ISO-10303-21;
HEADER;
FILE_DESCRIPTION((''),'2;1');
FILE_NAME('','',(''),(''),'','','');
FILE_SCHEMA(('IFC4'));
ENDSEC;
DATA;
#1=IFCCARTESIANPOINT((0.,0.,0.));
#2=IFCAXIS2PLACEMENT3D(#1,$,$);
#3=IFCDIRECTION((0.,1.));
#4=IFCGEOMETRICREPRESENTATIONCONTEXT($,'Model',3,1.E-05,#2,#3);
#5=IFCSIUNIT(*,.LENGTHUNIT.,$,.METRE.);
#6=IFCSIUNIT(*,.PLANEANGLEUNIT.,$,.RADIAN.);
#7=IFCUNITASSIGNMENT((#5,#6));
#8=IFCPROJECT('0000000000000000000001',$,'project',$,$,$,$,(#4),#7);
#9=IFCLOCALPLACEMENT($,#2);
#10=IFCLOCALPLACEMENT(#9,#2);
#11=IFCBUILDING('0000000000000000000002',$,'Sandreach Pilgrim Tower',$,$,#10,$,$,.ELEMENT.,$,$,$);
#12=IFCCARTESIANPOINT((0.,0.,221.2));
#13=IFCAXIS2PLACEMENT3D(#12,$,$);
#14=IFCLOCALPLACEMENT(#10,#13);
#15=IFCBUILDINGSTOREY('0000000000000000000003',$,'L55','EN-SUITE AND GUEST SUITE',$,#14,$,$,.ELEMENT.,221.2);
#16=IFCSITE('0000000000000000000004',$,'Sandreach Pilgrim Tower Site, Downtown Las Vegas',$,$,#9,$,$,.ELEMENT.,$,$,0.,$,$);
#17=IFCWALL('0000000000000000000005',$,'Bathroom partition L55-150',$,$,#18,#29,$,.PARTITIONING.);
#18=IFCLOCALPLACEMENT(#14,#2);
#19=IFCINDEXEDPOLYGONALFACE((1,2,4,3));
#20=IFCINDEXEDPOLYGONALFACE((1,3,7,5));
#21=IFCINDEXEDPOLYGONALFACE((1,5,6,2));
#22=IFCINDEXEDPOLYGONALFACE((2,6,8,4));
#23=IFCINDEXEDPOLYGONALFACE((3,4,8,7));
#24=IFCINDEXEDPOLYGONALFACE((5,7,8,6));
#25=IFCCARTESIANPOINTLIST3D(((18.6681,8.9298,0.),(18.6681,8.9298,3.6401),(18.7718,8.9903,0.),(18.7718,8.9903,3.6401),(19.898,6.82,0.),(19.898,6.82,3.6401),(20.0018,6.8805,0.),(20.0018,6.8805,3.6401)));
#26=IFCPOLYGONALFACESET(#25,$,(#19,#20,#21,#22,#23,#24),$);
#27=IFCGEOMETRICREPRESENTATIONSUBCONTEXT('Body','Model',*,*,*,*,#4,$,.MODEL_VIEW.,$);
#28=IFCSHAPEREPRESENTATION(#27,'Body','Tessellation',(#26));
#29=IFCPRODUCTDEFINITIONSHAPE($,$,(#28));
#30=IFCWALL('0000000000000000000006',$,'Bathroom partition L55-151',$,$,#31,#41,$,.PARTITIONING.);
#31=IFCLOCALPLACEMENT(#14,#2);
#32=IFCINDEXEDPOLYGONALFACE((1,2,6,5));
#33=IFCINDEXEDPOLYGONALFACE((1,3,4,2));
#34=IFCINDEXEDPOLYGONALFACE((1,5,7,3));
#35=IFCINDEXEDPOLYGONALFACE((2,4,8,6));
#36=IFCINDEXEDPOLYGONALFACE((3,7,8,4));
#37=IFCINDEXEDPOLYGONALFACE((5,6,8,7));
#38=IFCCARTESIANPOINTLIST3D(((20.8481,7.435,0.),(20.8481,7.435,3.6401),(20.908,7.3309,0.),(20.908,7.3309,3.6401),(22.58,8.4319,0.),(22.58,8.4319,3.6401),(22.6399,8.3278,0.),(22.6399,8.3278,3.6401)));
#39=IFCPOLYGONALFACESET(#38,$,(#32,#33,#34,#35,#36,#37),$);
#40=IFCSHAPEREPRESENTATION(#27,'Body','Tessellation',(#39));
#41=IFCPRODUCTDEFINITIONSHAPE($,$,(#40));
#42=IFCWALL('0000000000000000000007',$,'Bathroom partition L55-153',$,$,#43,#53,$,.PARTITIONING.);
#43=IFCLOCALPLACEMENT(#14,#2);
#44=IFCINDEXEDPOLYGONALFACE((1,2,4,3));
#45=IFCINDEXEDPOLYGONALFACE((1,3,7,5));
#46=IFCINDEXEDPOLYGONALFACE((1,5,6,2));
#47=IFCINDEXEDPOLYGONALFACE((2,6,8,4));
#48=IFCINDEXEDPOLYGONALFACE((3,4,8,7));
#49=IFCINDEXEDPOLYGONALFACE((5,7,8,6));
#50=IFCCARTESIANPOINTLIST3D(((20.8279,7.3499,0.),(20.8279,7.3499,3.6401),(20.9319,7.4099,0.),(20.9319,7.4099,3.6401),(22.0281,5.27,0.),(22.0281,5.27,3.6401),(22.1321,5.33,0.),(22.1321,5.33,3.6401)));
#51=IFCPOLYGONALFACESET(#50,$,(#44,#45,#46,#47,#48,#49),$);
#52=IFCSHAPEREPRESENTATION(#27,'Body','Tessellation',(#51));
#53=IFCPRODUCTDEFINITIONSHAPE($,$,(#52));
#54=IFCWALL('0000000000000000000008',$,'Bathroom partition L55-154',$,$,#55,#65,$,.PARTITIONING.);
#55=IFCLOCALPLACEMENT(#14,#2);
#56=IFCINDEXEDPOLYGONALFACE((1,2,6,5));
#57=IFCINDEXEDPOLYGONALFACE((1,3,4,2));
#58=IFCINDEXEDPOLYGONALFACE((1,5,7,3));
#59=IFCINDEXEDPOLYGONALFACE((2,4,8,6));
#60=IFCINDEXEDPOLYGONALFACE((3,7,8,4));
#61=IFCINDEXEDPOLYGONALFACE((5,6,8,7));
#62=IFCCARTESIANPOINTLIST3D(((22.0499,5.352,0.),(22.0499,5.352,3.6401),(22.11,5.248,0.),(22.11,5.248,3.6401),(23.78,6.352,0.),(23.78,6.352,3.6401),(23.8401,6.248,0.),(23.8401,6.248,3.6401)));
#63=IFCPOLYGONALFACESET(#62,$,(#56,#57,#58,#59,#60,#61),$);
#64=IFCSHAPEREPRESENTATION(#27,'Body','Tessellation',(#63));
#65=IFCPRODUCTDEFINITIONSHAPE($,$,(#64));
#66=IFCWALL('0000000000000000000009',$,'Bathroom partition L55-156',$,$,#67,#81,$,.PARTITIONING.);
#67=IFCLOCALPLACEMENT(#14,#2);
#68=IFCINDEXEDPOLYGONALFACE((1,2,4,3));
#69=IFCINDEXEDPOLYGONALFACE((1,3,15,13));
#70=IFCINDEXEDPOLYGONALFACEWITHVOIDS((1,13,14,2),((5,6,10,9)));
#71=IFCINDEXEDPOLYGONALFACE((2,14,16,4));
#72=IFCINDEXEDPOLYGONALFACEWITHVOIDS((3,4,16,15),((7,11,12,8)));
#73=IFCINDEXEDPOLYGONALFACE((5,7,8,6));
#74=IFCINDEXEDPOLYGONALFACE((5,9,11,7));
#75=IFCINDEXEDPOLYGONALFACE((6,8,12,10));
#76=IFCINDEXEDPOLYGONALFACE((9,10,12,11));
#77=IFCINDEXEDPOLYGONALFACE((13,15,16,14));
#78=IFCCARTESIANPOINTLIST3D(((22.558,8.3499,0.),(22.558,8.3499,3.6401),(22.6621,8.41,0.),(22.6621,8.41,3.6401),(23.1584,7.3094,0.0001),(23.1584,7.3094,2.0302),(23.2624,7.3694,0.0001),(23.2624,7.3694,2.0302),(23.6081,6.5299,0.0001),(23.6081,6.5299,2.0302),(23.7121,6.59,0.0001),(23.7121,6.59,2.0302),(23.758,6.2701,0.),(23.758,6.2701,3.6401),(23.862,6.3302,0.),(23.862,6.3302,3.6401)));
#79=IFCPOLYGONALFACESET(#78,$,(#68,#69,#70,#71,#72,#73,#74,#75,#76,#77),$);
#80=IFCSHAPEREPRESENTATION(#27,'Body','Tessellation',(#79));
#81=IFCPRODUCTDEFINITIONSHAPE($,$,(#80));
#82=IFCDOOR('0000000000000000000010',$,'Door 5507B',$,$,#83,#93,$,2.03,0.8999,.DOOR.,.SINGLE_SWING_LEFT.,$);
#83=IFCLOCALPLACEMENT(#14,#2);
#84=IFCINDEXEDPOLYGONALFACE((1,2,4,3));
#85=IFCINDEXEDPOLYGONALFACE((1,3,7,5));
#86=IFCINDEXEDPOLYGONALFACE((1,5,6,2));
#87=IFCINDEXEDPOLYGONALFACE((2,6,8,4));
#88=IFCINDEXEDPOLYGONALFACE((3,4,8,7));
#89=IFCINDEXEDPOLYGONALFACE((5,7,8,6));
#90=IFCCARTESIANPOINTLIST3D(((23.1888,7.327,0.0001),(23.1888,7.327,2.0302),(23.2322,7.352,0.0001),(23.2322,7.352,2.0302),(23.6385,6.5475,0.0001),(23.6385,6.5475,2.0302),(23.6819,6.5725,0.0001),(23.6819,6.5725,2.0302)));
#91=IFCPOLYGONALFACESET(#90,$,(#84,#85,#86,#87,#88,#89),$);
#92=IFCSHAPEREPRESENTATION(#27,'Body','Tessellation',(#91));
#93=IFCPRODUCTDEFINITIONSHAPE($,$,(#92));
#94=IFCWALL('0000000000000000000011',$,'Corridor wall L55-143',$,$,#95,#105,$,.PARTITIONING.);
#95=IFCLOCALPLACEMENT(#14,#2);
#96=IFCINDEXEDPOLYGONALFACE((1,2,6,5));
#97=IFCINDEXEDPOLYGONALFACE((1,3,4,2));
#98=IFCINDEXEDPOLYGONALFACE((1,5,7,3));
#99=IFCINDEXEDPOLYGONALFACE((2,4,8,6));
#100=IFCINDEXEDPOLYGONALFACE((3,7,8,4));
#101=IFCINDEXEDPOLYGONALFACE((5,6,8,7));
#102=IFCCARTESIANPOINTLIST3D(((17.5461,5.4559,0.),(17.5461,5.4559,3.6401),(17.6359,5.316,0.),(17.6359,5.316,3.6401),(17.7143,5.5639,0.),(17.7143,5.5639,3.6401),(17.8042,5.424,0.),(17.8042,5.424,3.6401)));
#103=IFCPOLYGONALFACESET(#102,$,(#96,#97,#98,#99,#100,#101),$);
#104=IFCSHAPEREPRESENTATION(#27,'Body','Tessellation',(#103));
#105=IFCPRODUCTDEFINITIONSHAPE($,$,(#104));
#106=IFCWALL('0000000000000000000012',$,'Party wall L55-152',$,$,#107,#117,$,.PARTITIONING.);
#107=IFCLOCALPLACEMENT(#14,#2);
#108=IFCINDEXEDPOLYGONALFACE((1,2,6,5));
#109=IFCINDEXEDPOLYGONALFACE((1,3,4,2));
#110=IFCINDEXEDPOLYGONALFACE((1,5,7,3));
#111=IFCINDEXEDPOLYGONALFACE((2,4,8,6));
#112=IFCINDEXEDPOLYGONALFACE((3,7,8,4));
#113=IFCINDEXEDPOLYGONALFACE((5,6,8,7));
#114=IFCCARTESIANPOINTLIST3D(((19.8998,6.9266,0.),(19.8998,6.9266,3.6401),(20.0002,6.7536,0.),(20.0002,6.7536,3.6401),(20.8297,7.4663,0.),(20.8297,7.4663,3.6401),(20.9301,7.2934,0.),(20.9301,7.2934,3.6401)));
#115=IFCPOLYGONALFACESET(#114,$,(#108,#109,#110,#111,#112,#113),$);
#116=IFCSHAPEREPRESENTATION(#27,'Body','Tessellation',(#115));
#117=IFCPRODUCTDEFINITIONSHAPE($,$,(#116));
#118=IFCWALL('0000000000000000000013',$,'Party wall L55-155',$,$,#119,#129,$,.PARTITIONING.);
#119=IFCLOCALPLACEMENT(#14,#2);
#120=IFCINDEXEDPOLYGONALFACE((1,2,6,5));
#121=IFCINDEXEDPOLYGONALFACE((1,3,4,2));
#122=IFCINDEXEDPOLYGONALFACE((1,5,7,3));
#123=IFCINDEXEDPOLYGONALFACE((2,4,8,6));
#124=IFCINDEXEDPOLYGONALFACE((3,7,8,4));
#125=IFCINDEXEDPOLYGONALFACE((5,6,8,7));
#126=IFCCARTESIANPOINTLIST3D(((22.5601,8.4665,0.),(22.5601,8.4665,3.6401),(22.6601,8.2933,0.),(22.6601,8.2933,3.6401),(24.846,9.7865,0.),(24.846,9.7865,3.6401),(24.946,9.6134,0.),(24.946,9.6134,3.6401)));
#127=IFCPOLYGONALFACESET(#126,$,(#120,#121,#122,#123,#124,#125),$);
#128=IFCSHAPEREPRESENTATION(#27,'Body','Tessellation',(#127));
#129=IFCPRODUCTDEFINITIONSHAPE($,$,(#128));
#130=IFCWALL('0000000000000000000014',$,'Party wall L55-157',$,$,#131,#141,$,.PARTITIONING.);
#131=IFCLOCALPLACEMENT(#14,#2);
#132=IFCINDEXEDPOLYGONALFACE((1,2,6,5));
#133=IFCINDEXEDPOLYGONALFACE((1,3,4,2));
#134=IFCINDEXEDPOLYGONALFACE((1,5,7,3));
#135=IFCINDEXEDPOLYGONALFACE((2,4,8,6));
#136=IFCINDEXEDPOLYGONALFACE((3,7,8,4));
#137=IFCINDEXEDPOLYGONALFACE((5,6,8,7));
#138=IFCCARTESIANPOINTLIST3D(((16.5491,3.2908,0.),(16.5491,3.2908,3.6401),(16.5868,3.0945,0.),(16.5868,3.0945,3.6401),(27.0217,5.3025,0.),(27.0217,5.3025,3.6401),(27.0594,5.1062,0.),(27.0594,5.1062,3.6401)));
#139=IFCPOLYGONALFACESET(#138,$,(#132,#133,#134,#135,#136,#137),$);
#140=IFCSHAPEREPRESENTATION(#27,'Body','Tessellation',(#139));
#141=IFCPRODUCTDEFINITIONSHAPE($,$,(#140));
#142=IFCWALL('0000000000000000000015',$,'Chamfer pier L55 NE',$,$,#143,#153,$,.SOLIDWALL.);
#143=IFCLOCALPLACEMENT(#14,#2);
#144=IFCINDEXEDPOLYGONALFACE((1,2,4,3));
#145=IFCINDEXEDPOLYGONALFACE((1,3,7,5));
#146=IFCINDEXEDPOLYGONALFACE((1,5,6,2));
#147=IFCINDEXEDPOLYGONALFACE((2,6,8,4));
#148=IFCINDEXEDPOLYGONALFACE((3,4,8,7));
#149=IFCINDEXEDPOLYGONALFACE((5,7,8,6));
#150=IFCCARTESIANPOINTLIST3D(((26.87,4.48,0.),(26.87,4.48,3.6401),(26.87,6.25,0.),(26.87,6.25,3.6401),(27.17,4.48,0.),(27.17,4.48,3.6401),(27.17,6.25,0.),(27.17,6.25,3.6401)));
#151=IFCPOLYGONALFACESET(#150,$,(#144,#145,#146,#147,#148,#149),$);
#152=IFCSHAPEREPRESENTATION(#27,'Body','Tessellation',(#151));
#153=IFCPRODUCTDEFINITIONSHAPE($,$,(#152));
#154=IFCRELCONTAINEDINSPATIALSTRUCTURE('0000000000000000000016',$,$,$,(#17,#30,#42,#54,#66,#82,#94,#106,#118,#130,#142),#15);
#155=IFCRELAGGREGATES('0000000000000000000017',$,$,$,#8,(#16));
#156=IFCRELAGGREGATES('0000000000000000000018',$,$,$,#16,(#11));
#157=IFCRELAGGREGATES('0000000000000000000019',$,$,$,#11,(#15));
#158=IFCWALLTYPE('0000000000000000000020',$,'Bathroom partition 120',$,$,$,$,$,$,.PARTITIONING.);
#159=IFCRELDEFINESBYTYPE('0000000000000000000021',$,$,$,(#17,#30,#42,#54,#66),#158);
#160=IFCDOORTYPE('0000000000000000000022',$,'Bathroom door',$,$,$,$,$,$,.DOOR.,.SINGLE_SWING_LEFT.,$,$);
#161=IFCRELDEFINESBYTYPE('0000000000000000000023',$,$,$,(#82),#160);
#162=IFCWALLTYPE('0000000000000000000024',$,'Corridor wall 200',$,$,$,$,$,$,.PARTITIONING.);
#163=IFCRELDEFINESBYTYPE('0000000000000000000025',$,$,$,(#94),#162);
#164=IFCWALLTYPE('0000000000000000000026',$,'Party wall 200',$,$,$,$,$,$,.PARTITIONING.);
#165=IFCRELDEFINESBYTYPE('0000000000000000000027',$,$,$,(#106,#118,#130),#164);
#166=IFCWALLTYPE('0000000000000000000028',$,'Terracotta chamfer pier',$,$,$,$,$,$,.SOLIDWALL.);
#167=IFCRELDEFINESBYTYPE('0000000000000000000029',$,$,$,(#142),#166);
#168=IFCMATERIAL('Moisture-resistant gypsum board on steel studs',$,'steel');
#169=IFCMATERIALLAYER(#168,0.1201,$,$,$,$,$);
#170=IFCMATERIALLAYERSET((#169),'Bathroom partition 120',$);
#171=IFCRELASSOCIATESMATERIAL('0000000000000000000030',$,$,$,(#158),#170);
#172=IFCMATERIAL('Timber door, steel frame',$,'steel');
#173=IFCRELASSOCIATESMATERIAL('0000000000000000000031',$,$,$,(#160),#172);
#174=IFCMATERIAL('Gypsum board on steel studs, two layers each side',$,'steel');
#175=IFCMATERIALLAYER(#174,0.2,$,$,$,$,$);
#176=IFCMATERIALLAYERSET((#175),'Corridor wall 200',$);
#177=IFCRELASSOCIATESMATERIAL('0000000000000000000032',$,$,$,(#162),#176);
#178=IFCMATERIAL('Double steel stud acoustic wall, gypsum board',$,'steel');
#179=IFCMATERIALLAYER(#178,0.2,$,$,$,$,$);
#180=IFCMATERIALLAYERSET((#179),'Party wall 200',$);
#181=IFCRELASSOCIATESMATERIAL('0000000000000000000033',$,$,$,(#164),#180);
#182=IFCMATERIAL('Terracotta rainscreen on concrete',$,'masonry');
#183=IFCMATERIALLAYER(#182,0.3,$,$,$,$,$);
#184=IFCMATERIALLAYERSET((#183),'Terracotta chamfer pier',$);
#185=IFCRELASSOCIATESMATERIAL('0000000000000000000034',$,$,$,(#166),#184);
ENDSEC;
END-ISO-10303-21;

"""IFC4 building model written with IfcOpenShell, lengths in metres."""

from ifc_helpers import new_model, si_unit, direction, frame, frame_2d, origin, place, context, subcontext, project, spatial, rectangle, extrude, material, layer, layer_set, type_object, element, fill, save


model = new_model("IFC4")

# Units and contexts
model_context = context("Model", 3, precision=1e-05, world=origin(), true_north=direction((0.0, 1.0)))
body_context = subcontext(model_context, "Body", "Model", "MODEL_VIEW")
ifc_project = project(units=[si_unit("LENGTHUNIT", "METRE"), si_unit("PLANEANGLEUNIT", "RADIAN")], contexts=[model_context])

# Site, building, storey
site_placement = place(None, origin())
site = spatial("IfcSite", under=ifc_project, at=site_placement, Name="Sandreach Pilgrim Tower Site, Downtown Las Vegas", CompositionType="ELEMENT", RefElevation=0.0)
building_placement = place(site_placement, origin())
building = spatial("IfcBuilding", under=site, at=building_placement, Name="Sandreach Pilgrim Tower", CompositionType="ELEMENT")
storey_placement = place(building_placement, frame((0.0, 0.0, 221.2)))
storey = spatial("IfcBuildingStorey", under=building, at=storey_placement, Name="L55", Description="EN-SUITE AND GUEST SUITE", CompositionType="ELEMENT", Elevation=221.2)

# Shared definitions
ifc_material_1 = material(Name="Moisture-resistant gypsum board on steel studs", Category="steel")
ifc_layer_1 = layer(ifc_material_1, 0.1201)
ifc_layer_set_1 = layer_set([ifc_layer_1], Name="Bathroom partition 120")
wall_type_1 = type_object("IfcWallType", Name="Bathroom partition 120", PredefinedType="PARTITIONING", material=ifc_layer_set_1)

# Shared definitions
ifc_material_2 = material(Name="Timber door, steel frame", Category="steel")
door_type = type_object("IfcDoorType", Name="Bathroom door", OperationType="SINGLE_SWING_LEFT", PredefinedType="DOOR", material=ifc_material_2)

# Walls
wall_1_placement = place(storey_placement, frame((19.95, 6.8501, 0.0), z_axis=(0.0, 0.0, 1.0), x_axis=(-0.503635, 0.863917, 0.0)))
element("IfcWall", 1, at=wall_1_placement, inside=storey, type_object=wall_type_1, Name="Bathroom partition L55-150", PredefinedType="PARTITIONING", context=body_context, shape_type="SweptSolid", body=[
    extrude(rectangle(XDim=2.4421, YDim=0.1201, at=frame_2d((1.2212, 0.0))), origin(), (0.0, 0.0, 1.0), 3.6401),
])
wall_2_placement = place(storey_placement, frame((20.8782, 7.3831, 0.0), z_axis=(0.0, 0.0, 1.0), x_axis=(0.866698, 0.498834, 0.0)))
element("IfcWall", 2, at=wall_2_placement, inside=storey, type_object=wall_type_1, Name="Bathroom partition L55-151", PredefinedType="PARTITIONING", context=body_context, shape_type="SweptSolid", body=[
    extrude(rectangle(XDim=1.9983, YDim=0.1201, at=frame_2d((0.999, 0.0))), origin(), (0.0, 0.0, 1.0), 3.6401),
])
wall_3_placement = place(storey_placement, frame((20.8799, 7.3799, 0.0), z_axis=(0.0, 0.0, 1.0), x_axis=(0.499813, -0.866133, 0.0)))
element("IfcWall", 3, at=wall_3_placement, inside=storey, type_object=wall_type_1, Name="Bathroom partition L55-153", PredefinedType="PARTITIONING", context=body_context, shape_type="SweptSolid", body=[
    extrude(rectangle(XDim=2.4014, YDim=0.1201, at=frame_2d((1.2007, 0.0))), origin(), (0.0, 0.0, 1.0), 3.6401),
])
wall_4_placement = place(storey_placement, frame((22.0801, 5.3, 0.0), z_axis=(0.0, 0.0, 1.0), x_axis=(0.865766, 0.500449, 0.0)))
element("IfcWall", 4, at=wall_4_placement, inside=storey, type_object=wall_type_1, Name="Bathroom partition L55-154", PredefinedType="PARTITIONING", context=body_context, shape_type="SweptSolid", body=[
    extrude(rectangle(XDim=1.9983, YDim=0.1201, at=frame_2d((0.999, 0.0))), origin(), (0.0, 0.0, 1.0), 3.6401),
])

# Wall, opening, door
wall_5_placement = place(storey_placement, frame((23.8101, 6.3, 0.0), z_axis=(0.0, 0.0, 1.0), x_axis=(-0.499737, 0.866177, 0.0)))
wall_5 = element("IfcWall", 5, at=wall_5_placement, inside=storey, type_object=wall_type_1, Name="Bathroom partition L55-156", PredefinedType="PARTITIONING", context=body_context, shape_type="SweptSolid", body=[
    extrude(rectangle(XDim=2.4011, YDim=0.1201, at=frame_2d((1.2007, 0.0))), origin(), (0.0, 0.0, 1.0), 3.6401),
])
opening_1_placement = place(wall_5_placement, frame((0.3, 0.0, 0.0)))
opening_1 = element("IfcOpeningElement", 6, at=opening_1_placement, cuts=wall_5, PredefinedType="OPENING", context=body_context, shape_type="SweptSolid", body=[
    extrude(rectangle(XDim=0.8999, YDim=2.03, at=frame_2d((0.45, 1.0151))), frame((0.0, 0.0601, 0.0), z_axis=(0.0, -1.0, 0.0), x_axis=(1.0, 0.0, 0.0)), (0.0, 0.0, 1.0), 0.1201),
])
door_1_placement = place(opening_1_placement, origin())
door_1 = element("IfcDoor", 7, at=door_1_placement, inside=storey, type_object=door_type, Name="Door 5507B", OperationType="SINGLE_SWING_LEFT", OverallHeight=2.03, OverallWidth=0.8999, PredefinedType="DOOR", context=body_context, shape_type="SweptSolid", body=[
    extrude(rectangle(XDim=0.8999, YDim=2.03, at=frame_2d((0.45, 1.0151))), frame((0.0, 0.0249, 0.0), z_axis=(0.0, -1.0, 0.0), x_axis=(1.0, 0.0, 0.0)), (0.0, 0.0, 1.0), 0.05),
])
fill(opening_1, door_1)

# Walls
ifc_material_3 = material(Name="Gypsum board on steel studs, two layers each side", Category="steel")
ifc_layer_2 = layer(ifc_material_3, 0.2)
ifc_layer_set_2 = layer_set([ifc_layer_2], Name="Corridor wall 200")
wall_type_2 = type_object("IfcWallType", Name="Corridor wall 200", PredefinedType="PARTITIONING", material=ifc_layer_set_2)
wall_6_placement = place(storey_placement, frame((17.72, 5.3701, 0.0), z_axis=(0.0, 0.0, 1.0), x_axis=(-0.540386, 0.841417, 0.0)))
element("IfcWall", 8, at=wall_6_placement, inside=storey, type_object=wall_type_2, Name="Corridor wall L55-143", PredefinedType="PARTITIONING", context=body_context, shape_type="SweptSolid", body=[
    extrude(rectangle(XDim=0.1663, YDim=0.2, at=frame_2d((0.083, 0.0))), origin(), (0.0, 0.0, 1.0), 3.6401),
])
ifc_material_4 = material(Name="Double steel stud acoustic wall, gypsum board", Category="steel")
ifc_layer_3 = layer(ifc_material_4, 0.2)
ifc_layer_set_3 = layer_set([ifc_layer_3], Name="Party wall 200")
wall_type_3 = type_object("IfcWallType", Name="Party wall 200", PredefinedType="PARTITIONING", material=ifc_layer_set_3)
wall_7_placement = place(storey_placement, frame((20.8799, 7.3799, 0.0), z_axis=(0.0, 0.0, 1.0), x_axis=(-0.864856, -0.50202, 0.0)))
element("IfcWall", 9, at=wall_7_placement, inside=storey, type_object=wall_type_3, Name="Party wall L55-152", PredefinedType="PARTITIONING", context=body_context, shape_type="SweptSolid", body=[
    extrude(rectangle(XDim=1.0752, YDim=0.2, at=frame_2d((0.5376, 0.0))), origin(), (0.0, 0.0, 1.0), 3.6401),
])
wall_8_placement = place(storey_placement, frame((22.6101, 8.3799, 0.0), z_axis=(0.0, 0.0, 1.0), x_axis=(0.865975, 0.500088, 0.0)))
element("IfcWall", 10, at=wall_8_placement, inside=storey, type_object=wall_type_3, Name="Party wall L55-155", PredefinedType="PARTITIONING", context=body_context, shape_type="SweptSolid", body=[
    extrude(rectangle(XDim=2.6396, YDim=0.2, at=frame_2d((1.3198, 0.0))), origin(), (0.0, 0.0, 1.0), 3.6401),
])
wall_9_placement = place(storey_placement, frame((27.0405, 5.2043, 0.0), z_axis=(0.0, 0.0, 1.0), x_axis=(-0.982046, -0.188644, 0.0)))
element("IfcWall", 11, at=wall_9_placement, inside=storey, type_object=wall_type_3, Name="Party wall L55-157", PredefinedType="PARTITIONING", context=body_context, shape_type="SweptSolid", body=[
    extrude(rectangle(XDim=10.6641, YDim=0.2, at=frame_2d((5.332, 0.0))), origin(), (0.0, 0.0, 1.0), 3.6401),
])
ifc_material_5 = material(Name="Terracotta rainscreen on concrete", Category="masonry")
ifc_layer_4 = layer(ifc_material_5, 0.3)
ifc_layer_set_4 = layer_set([ifc_layer_4], Name="Terracotta chamfer pier")
wall_type_4 = type_object("IfcWallType", Name="Terracotta chamfer pier", PredefinedType="SOLIDWALL", material=ifc_layer_set_4)
wall_10_placement = place(storey_placement, frame((27.02, 6.25, 0.0), z_axis=(0.0, 0.0, 1.0), x_axis=(0.0, -1.0, 0.0)))
element("IfcWall", 12, at=wall_10_placement, inside=storey, type_object=wall_type_4, Name="Chamfer pier L55 NE", PredefinedType="SOLIDWALL", context=body_context, shape_type="SweptSolid", body=[
    extrude(rectangle(XDim=1.77, YDim=0.3, at=frame_2d((0.885, 0.0))), origin(), (0.0, 0.0, 1.0), 3.6401),
])

save(model, "model.ifc")
